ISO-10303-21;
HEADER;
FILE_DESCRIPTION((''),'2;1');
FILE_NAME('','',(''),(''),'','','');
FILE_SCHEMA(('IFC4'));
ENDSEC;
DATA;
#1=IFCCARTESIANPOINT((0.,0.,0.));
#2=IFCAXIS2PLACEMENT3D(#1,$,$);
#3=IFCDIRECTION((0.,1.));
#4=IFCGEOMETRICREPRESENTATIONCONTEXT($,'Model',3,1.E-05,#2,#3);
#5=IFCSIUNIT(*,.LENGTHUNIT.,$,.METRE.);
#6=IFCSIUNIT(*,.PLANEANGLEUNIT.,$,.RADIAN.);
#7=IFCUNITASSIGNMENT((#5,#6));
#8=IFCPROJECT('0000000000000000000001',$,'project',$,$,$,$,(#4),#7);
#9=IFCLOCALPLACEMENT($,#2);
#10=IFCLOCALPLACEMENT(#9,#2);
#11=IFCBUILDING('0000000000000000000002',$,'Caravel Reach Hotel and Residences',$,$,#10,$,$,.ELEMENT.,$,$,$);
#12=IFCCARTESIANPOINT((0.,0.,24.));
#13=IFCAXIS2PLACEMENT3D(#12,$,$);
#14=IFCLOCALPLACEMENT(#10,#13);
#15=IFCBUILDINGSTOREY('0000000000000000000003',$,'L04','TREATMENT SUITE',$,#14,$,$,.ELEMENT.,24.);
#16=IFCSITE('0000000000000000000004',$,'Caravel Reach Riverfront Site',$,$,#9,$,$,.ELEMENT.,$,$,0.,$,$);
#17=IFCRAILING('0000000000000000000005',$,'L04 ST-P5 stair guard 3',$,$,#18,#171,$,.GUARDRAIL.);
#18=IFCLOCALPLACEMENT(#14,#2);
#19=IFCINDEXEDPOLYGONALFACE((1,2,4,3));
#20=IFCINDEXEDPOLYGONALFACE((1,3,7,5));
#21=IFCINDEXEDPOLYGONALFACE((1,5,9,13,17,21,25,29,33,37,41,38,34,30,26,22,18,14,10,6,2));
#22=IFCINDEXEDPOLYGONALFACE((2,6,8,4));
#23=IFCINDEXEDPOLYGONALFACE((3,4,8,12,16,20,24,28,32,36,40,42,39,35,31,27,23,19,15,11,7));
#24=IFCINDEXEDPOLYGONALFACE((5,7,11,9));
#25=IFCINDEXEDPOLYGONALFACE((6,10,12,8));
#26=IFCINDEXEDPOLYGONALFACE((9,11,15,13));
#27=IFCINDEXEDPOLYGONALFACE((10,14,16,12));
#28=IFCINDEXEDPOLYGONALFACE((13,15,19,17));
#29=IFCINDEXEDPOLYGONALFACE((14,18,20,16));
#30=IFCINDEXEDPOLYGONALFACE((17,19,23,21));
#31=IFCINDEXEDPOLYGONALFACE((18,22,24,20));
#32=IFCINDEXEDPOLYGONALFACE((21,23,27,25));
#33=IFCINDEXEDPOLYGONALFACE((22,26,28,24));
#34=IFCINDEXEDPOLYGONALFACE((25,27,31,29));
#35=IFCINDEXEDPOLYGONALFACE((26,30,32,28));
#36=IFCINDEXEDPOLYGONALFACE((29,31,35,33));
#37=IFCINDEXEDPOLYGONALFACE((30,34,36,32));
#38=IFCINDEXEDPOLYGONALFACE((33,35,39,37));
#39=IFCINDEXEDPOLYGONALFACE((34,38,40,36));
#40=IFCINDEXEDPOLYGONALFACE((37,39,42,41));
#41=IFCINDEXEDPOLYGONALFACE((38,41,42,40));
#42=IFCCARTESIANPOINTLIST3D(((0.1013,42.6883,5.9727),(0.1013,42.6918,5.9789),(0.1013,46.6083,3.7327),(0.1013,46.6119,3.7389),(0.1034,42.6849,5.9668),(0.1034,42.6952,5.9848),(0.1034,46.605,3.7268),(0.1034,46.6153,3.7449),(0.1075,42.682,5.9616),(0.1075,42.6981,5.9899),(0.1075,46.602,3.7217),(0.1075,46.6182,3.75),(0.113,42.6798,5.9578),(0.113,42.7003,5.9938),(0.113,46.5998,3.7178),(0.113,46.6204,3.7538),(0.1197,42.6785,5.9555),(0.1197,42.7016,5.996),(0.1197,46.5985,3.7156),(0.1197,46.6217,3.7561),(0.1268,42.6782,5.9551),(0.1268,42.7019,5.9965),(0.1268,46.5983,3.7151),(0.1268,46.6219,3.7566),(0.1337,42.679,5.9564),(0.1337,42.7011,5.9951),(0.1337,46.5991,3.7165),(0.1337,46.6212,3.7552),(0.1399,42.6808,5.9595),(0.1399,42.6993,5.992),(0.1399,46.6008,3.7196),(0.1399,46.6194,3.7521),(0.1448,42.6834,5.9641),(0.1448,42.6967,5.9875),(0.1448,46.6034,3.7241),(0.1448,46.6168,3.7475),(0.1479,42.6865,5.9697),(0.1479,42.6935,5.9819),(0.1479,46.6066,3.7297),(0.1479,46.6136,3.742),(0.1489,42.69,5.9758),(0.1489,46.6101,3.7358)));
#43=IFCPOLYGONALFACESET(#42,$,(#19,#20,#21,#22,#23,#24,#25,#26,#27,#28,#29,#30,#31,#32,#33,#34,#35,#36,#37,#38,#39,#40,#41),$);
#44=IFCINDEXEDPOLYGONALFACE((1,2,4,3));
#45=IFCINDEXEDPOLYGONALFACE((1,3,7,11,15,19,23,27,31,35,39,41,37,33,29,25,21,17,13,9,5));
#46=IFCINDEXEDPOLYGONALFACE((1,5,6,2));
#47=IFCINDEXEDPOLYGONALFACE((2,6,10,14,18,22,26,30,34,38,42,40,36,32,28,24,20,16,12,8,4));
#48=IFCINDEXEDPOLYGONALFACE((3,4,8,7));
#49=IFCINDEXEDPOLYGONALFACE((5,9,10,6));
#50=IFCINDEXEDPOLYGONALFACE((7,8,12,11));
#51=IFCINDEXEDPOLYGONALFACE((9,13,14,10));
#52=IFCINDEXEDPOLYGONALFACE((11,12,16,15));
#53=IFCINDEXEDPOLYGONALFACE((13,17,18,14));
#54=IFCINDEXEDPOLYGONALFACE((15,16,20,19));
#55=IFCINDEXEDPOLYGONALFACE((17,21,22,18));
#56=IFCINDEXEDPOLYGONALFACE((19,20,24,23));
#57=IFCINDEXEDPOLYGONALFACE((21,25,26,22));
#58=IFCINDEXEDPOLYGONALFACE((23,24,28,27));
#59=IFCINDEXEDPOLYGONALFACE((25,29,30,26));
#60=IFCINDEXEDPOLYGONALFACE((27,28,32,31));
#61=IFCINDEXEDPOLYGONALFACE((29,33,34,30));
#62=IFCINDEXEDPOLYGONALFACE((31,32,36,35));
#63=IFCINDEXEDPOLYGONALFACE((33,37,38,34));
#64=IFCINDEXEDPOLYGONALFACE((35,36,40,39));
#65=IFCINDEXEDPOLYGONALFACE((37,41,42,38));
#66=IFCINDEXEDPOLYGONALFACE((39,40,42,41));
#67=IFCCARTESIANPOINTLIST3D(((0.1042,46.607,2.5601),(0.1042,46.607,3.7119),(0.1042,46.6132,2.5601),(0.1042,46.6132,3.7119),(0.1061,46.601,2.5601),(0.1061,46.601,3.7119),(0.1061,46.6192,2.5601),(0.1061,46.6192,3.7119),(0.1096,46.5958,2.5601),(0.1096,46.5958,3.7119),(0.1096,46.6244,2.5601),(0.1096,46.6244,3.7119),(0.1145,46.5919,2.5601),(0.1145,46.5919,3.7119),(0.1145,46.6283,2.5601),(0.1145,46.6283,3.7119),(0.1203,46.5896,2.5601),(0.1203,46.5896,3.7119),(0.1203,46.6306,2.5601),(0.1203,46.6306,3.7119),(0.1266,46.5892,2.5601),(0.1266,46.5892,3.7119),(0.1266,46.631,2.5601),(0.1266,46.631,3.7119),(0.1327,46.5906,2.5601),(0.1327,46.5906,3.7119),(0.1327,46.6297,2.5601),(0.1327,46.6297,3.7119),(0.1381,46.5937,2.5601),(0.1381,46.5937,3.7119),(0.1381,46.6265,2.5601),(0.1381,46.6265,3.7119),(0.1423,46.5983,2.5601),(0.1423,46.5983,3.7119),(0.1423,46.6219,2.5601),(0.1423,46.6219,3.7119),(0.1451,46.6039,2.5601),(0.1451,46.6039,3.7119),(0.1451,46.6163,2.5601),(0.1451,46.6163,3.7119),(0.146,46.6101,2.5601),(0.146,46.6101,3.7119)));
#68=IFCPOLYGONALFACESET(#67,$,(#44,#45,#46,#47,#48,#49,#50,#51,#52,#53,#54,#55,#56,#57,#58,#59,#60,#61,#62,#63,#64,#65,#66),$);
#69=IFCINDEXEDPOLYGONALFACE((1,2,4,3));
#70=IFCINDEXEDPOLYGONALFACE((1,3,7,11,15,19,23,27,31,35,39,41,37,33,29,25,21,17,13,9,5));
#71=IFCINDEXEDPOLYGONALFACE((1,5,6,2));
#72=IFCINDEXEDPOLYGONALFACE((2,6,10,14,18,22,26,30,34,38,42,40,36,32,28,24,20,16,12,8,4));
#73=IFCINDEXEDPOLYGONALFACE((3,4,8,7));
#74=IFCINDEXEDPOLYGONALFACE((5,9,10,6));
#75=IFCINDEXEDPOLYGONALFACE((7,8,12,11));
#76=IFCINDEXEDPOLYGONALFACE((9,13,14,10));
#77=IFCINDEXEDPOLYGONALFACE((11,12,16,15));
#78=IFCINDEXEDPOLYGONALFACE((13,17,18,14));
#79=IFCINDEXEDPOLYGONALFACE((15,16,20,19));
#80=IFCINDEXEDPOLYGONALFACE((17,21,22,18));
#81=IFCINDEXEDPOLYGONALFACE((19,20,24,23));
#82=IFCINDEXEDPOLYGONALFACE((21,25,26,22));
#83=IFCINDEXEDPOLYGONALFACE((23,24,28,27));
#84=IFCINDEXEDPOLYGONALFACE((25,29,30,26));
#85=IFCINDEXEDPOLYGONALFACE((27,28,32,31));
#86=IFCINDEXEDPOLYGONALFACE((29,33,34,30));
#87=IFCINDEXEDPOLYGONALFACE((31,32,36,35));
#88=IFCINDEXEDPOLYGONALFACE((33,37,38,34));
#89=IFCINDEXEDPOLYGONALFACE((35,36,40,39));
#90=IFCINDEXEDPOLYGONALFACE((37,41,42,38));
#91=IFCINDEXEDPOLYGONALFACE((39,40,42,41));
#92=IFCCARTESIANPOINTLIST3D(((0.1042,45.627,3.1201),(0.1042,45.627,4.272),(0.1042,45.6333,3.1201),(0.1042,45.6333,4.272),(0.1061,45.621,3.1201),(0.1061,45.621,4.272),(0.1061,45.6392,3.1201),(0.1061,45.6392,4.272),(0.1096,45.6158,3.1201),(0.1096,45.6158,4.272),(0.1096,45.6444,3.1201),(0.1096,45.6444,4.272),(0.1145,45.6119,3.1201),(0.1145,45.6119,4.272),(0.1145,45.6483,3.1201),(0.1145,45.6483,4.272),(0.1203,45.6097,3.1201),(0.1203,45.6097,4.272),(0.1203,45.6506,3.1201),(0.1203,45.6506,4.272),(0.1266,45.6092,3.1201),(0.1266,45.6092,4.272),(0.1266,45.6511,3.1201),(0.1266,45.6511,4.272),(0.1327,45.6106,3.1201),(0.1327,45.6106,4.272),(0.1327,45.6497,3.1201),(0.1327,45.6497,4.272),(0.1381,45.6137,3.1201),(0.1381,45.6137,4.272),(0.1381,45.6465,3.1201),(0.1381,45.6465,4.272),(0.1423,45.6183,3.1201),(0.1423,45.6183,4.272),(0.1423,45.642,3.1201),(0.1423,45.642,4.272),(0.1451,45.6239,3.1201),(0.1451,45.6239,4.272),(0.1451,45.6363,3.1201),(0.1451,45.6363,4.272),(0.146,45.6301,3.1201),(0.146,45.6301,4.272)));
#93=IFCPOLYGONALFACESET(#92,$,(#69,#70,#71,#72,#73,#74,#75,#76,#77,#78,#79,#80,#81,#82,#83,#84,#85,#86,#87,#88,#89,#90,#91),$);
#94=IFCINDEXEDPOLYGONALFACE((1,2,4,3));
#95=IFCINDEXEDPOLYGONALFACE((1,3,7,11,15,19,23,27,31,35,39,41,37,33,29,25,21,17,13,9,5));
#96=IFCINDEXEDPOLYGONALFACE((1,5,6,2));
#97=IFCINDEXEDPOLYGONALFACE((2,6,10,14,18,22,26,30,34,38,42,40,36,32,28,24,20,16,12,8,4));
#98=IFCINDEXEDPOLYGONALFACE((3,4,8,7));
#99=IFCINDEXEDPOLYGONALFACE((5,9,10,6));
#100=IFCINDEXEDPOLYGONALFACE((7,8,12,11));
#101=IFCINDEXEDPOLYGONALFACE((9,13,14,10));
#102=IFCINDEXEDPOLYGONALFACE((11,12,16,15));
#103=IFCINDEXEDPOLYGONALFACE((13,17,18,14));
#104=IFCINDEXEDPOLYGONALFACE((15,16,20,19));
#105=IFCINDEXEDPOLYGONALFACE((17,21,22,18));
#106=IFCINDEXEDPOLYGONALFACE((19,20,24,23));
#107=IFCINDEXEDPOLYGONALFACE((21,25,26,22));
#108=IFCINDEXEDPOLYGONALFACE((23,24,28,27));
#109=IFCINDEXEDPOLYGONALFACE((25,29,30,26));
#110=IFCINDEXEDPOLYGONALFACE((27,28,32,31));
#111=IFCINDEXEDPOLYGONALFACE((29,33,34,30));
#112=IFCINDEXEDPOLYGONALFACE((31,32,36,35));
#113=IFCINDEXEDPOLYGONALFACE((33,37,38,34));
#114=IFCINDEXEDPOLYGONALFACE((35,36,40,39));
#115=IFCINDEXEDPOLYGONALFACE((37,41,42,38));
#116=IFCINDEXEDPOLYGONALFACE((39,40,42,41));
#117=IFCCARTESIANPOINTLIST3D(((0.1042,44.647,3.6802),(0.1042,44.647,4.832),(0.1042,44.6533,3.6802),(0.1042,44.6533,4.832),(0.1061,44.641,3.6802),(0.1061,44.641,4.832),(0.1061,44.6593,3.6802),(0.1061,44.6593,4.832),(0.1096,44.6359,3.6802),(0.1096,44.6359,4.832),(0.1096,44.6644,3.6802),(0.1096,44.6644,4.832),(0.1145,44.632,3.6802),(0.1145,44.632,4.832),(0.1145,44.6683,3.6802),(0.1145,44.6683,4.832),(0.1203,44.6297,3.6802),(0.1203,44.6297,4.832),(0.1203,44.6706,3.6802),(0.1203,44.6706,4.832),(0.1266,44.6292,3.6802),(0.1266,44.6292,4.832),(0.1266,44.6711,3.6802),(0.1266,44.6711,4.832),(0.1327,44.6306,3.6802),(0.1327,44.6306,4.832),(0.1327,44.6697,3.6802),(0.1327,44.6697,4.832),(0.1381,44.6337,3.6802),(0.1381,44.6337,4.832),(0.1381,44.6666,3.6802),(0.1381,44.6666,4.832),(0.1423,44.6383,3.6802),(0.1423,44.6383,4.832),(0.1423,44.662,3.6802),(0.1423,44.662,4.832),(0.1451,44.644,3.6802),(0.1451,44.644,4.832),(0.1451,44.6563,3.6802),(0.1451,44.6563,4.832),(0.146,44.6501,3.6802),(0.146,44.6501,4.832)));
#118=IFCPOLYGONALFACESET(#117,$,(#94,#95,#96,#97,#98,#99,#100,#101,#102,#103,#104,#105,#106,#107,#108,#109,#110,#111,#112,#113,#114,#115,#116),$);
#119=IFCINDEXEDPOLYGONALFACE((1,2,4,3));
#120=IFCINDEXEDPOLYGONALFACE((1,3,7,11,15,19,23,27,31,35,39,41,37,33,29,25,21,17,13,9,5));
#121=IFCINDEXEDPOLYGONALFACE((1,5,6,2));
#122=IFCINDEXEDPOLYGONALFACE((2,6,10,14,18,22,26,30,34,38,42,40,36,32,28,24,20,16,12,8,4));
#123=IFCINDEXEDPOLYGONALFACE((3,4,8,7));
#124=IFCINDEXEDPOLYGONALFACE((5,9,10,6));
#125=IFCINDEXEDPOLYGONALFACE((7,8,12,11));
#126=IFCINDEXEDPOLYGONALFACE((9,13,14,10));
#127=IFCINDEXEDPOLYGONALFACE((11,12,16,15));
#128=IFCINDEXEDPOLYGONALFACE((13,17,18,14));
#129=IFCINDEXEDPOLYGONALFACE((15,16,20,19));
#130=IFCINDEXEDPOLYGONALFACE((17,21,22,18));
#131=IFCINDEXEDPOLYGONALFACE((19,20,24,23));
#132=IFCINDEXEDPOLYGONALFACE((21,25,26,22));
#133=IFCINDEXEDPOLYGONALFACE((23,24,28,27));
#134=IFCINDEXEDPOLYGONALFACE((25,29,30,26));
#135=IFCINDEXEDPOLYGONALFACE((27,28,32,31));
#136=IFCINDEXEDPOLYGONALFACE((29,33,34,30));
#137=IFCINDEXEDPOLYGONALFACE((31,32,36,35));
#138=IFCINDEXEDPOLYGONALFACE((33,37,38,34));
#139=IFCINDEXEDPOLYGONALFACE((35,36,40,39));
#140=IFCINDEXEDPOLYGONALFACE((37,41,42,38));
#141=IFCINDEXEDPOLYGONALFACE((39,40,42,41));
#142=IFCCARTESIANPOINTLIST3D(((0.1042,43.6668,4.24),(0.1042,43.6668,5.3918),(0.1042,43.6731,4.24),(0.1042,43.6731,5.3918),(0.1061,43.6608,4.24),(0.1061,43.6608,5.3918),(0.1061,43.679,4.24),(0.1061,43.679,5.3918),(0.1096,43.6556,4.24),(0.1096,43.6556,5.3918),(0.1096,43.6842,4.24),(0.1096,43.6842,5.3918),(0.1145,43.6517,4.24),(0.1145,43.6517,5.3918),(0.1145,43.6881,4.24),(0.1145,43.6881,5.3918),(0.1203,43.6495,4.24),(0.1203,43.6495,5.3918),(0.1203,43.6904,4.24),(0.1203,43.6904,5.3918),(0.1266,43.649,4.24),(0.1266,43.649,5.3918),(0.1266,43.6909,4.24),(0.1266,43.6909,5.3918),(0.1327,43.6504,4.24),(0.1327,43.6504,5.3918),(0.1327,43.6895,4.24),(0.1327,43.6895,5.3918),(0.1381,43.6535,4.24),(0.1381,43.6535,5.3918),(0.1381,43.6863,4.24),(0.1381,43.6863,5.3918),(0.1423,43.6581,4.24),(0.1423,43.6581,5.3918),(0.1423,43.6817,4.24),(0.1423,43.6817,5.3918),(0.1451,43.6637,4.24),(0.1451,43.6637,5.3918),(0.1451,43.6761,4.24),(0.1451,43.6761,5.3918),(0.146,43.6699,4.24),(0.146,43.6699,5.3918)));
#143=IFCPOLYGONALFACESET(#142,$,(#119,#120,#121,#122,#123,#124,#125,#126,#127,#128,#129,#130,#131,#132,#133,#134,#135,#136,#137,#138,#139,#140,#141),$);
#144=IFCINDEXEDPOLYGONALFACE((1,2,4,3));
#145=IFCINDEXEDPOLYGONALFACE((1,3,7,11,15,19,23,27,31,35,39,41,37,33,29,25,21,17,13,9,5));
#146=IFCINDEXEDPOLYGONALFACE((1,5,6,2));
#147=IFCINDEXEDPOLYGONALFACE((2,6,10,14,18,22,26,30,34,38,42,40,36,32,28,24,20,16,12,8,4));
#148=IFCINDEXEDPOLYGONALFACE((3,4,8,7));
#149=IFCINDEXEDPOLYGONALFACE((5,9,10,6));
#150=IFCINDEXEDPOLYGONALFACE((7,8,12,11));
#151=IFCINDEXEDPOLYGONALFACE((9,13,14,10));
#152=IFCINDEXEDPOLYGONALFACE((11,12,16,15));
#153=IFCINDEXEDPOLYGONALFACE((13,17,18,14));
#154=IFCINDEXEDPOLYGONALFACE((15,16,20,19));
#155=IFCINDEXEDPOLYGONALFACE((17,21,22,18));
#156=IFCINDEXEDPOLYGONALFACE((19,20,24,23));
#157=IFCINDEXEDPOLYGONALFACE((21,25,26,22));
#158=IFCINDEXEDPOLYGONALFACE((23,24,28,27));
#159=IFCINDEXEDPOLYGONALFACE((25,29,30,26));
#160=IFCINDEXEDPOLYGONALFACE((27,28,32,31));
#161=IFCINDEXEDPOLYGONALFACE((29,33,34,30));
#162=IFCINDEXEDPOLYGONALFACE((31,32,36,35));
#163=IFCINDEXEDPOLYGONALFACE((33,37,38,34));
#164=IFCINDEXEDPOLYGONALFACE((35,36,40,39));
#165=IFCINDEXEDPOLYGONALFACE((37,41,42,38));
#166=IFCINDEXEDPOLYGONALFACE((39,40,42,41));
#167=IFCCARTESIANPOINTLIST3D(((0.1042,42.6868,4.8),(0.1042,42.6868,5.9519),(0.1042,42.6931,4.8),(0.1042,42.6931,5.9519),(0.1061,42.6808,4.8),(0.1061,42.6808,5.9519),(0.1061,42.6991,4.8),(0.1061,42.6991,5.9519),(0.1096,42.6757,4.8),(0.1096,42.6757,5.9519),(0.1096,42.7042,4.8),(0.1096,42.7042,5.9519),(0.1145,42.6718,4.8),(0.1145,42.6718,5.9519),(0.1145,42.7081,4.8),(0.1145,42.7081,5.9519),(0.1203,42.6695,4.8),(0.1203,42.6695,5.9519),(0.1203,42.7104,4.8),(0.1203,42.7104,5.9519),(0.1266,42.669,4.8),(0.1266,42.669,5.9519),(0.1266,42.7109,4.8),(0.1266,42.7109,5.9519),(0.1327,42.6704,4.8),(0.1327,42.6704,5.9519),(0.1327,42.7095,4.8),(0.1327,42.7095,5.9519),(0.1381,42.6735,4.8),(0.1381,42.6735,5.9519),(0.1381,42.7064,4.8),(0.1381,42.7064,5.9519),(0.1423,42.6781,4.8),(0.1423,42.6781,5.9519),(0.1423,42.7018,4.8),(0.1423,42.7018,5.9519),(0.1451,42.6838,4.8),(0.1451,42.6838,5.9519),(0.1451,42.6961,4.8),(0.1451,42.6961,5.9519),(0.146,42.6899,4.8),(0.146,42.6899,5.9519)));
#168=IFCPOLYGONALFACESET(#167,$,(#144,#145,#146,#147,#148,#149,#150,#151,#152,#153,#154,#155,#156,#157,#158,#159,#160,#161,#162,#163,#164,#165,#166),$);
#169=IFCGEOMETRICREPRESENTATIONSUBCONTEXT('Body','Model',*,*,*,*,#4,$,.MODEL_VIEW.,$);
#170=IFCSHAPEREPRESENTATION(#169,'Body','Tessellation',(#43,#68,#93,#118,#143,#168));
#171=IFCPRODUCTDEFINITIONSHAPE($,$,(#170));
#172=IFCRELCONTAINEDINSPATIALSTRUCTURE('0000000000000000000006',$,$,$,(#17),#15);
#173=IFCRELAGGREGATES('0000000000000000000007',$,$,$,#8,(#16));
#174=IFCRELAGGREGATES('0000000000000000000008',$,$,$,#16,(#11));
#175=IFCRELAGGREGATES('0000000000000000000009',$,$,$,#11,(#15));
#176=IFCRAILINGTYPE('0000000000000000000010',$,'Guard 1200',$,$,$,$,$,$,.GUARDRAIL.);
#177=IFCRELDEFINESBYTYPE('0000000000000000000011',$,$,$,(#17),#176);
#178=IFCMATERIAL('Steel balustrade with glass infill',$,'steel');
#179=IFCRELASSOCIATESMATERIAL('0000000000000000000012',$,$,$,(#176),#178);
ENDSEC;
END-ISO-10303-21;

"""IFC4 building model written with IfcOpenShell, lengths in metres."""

from ifc_helpers import new_model, si_unit, direction, frame, origin, origin_2d, place, context, subcontext, project, spatial, circle, extrude, material, type_object, element, save


model = new_model("IFC4")

# Units and contexts
model_context = context("Model", 3, precision=1e-05, world=origin(), true_north=direction((0.0, 1.0)))
body_context = subcontext(model_context, "Body", "Model", "MODEL_VIEW")
ifc_project = project(units=[si_unit("LENGTHUNIT", "METRE"), si_unit("PLANEANGLEUNIT", "RADIAN")], contexts=[model_context])

# Site, building, storey
site_placement = place(None, origin())
site = spatial("IfcSite", under=ifc_project, at=site_placement, Name="Caravel Reach Riverfront Site", CompositionType="ELEMENT", RefElevation=0.0)
building_placement = place(site_placement, origin())
building = spatial("IfcBuilding", under=site, at=building_placement, Name="Caravel Reach Hotel and Residences", CompositionType="ELEMENT")
storey_placement = place(building_placement, frame((0.0, 0.0, 24.0)))
storey = spatial("IfcBuildingStorey", under=building, at=storey_placement, Name="L04", Description="TREATMENT SUITE", CompositionType="ELEMENT", Elevation=24.0)

# Railing
ifc_material_1 = material(Name="Steel balustrade with glass infill", Category="steel")
railing_type_1 = type_object("IfcRailingType", Name="Guard 1200", PredefinedType="GUARDRAIL", material=ifc_material_1)
railing_1_placement = place(storey_placement, frame((0.125, 46.6101, 2.5601)))
element("IfcRailing", 1, at=railing_1_placement, inside=storey, type_object=railing_type_1, Name="L04 ST-P5 stair guard 3", PredefinedType="GUARDRAIL", context=body_context, shape_type="SweptSolid", body=[
    extrude(circle(Radius=0.0239, at=origin_2d()), frame((0.0, 0.0, 1.1758), z_axis=(0.0, -0.868253, 0.496121), x_axis=(1.0, 0.0, 0.0)), (0.0, 0.0, 1.0), 4.5149),
    extrude(circle(Radius=0.021, at=origin_2d()), origin(), (0.0, 0.0, 1.0), 1.1519),
    extrude(circle(Radius=0.021, at=origin_2d()), frame((0.0, -0.98, 0.5601)), (0.0, 0.0, 1.0), 1.1519),
    extrude(circle(Radius=0.021, at=origin_2d()), frame((0.0, -1.96, 1.1201)), (0.0, 0.0, 1.0), 1.1519),
    extrude(circle(Radius=0.021, at=origin_2d()), frame((0.0, -2.9402, 1.6799)), (0.0, 0.0, 1.0), 1.1519),
    extrude(circle(Radius=0.021, at=origin_2d()), frame((0.0, -3.9202, 2.24)), (0.0, 0.0, 1.0), 1.1519),
])

save(model, "model.ifc")
